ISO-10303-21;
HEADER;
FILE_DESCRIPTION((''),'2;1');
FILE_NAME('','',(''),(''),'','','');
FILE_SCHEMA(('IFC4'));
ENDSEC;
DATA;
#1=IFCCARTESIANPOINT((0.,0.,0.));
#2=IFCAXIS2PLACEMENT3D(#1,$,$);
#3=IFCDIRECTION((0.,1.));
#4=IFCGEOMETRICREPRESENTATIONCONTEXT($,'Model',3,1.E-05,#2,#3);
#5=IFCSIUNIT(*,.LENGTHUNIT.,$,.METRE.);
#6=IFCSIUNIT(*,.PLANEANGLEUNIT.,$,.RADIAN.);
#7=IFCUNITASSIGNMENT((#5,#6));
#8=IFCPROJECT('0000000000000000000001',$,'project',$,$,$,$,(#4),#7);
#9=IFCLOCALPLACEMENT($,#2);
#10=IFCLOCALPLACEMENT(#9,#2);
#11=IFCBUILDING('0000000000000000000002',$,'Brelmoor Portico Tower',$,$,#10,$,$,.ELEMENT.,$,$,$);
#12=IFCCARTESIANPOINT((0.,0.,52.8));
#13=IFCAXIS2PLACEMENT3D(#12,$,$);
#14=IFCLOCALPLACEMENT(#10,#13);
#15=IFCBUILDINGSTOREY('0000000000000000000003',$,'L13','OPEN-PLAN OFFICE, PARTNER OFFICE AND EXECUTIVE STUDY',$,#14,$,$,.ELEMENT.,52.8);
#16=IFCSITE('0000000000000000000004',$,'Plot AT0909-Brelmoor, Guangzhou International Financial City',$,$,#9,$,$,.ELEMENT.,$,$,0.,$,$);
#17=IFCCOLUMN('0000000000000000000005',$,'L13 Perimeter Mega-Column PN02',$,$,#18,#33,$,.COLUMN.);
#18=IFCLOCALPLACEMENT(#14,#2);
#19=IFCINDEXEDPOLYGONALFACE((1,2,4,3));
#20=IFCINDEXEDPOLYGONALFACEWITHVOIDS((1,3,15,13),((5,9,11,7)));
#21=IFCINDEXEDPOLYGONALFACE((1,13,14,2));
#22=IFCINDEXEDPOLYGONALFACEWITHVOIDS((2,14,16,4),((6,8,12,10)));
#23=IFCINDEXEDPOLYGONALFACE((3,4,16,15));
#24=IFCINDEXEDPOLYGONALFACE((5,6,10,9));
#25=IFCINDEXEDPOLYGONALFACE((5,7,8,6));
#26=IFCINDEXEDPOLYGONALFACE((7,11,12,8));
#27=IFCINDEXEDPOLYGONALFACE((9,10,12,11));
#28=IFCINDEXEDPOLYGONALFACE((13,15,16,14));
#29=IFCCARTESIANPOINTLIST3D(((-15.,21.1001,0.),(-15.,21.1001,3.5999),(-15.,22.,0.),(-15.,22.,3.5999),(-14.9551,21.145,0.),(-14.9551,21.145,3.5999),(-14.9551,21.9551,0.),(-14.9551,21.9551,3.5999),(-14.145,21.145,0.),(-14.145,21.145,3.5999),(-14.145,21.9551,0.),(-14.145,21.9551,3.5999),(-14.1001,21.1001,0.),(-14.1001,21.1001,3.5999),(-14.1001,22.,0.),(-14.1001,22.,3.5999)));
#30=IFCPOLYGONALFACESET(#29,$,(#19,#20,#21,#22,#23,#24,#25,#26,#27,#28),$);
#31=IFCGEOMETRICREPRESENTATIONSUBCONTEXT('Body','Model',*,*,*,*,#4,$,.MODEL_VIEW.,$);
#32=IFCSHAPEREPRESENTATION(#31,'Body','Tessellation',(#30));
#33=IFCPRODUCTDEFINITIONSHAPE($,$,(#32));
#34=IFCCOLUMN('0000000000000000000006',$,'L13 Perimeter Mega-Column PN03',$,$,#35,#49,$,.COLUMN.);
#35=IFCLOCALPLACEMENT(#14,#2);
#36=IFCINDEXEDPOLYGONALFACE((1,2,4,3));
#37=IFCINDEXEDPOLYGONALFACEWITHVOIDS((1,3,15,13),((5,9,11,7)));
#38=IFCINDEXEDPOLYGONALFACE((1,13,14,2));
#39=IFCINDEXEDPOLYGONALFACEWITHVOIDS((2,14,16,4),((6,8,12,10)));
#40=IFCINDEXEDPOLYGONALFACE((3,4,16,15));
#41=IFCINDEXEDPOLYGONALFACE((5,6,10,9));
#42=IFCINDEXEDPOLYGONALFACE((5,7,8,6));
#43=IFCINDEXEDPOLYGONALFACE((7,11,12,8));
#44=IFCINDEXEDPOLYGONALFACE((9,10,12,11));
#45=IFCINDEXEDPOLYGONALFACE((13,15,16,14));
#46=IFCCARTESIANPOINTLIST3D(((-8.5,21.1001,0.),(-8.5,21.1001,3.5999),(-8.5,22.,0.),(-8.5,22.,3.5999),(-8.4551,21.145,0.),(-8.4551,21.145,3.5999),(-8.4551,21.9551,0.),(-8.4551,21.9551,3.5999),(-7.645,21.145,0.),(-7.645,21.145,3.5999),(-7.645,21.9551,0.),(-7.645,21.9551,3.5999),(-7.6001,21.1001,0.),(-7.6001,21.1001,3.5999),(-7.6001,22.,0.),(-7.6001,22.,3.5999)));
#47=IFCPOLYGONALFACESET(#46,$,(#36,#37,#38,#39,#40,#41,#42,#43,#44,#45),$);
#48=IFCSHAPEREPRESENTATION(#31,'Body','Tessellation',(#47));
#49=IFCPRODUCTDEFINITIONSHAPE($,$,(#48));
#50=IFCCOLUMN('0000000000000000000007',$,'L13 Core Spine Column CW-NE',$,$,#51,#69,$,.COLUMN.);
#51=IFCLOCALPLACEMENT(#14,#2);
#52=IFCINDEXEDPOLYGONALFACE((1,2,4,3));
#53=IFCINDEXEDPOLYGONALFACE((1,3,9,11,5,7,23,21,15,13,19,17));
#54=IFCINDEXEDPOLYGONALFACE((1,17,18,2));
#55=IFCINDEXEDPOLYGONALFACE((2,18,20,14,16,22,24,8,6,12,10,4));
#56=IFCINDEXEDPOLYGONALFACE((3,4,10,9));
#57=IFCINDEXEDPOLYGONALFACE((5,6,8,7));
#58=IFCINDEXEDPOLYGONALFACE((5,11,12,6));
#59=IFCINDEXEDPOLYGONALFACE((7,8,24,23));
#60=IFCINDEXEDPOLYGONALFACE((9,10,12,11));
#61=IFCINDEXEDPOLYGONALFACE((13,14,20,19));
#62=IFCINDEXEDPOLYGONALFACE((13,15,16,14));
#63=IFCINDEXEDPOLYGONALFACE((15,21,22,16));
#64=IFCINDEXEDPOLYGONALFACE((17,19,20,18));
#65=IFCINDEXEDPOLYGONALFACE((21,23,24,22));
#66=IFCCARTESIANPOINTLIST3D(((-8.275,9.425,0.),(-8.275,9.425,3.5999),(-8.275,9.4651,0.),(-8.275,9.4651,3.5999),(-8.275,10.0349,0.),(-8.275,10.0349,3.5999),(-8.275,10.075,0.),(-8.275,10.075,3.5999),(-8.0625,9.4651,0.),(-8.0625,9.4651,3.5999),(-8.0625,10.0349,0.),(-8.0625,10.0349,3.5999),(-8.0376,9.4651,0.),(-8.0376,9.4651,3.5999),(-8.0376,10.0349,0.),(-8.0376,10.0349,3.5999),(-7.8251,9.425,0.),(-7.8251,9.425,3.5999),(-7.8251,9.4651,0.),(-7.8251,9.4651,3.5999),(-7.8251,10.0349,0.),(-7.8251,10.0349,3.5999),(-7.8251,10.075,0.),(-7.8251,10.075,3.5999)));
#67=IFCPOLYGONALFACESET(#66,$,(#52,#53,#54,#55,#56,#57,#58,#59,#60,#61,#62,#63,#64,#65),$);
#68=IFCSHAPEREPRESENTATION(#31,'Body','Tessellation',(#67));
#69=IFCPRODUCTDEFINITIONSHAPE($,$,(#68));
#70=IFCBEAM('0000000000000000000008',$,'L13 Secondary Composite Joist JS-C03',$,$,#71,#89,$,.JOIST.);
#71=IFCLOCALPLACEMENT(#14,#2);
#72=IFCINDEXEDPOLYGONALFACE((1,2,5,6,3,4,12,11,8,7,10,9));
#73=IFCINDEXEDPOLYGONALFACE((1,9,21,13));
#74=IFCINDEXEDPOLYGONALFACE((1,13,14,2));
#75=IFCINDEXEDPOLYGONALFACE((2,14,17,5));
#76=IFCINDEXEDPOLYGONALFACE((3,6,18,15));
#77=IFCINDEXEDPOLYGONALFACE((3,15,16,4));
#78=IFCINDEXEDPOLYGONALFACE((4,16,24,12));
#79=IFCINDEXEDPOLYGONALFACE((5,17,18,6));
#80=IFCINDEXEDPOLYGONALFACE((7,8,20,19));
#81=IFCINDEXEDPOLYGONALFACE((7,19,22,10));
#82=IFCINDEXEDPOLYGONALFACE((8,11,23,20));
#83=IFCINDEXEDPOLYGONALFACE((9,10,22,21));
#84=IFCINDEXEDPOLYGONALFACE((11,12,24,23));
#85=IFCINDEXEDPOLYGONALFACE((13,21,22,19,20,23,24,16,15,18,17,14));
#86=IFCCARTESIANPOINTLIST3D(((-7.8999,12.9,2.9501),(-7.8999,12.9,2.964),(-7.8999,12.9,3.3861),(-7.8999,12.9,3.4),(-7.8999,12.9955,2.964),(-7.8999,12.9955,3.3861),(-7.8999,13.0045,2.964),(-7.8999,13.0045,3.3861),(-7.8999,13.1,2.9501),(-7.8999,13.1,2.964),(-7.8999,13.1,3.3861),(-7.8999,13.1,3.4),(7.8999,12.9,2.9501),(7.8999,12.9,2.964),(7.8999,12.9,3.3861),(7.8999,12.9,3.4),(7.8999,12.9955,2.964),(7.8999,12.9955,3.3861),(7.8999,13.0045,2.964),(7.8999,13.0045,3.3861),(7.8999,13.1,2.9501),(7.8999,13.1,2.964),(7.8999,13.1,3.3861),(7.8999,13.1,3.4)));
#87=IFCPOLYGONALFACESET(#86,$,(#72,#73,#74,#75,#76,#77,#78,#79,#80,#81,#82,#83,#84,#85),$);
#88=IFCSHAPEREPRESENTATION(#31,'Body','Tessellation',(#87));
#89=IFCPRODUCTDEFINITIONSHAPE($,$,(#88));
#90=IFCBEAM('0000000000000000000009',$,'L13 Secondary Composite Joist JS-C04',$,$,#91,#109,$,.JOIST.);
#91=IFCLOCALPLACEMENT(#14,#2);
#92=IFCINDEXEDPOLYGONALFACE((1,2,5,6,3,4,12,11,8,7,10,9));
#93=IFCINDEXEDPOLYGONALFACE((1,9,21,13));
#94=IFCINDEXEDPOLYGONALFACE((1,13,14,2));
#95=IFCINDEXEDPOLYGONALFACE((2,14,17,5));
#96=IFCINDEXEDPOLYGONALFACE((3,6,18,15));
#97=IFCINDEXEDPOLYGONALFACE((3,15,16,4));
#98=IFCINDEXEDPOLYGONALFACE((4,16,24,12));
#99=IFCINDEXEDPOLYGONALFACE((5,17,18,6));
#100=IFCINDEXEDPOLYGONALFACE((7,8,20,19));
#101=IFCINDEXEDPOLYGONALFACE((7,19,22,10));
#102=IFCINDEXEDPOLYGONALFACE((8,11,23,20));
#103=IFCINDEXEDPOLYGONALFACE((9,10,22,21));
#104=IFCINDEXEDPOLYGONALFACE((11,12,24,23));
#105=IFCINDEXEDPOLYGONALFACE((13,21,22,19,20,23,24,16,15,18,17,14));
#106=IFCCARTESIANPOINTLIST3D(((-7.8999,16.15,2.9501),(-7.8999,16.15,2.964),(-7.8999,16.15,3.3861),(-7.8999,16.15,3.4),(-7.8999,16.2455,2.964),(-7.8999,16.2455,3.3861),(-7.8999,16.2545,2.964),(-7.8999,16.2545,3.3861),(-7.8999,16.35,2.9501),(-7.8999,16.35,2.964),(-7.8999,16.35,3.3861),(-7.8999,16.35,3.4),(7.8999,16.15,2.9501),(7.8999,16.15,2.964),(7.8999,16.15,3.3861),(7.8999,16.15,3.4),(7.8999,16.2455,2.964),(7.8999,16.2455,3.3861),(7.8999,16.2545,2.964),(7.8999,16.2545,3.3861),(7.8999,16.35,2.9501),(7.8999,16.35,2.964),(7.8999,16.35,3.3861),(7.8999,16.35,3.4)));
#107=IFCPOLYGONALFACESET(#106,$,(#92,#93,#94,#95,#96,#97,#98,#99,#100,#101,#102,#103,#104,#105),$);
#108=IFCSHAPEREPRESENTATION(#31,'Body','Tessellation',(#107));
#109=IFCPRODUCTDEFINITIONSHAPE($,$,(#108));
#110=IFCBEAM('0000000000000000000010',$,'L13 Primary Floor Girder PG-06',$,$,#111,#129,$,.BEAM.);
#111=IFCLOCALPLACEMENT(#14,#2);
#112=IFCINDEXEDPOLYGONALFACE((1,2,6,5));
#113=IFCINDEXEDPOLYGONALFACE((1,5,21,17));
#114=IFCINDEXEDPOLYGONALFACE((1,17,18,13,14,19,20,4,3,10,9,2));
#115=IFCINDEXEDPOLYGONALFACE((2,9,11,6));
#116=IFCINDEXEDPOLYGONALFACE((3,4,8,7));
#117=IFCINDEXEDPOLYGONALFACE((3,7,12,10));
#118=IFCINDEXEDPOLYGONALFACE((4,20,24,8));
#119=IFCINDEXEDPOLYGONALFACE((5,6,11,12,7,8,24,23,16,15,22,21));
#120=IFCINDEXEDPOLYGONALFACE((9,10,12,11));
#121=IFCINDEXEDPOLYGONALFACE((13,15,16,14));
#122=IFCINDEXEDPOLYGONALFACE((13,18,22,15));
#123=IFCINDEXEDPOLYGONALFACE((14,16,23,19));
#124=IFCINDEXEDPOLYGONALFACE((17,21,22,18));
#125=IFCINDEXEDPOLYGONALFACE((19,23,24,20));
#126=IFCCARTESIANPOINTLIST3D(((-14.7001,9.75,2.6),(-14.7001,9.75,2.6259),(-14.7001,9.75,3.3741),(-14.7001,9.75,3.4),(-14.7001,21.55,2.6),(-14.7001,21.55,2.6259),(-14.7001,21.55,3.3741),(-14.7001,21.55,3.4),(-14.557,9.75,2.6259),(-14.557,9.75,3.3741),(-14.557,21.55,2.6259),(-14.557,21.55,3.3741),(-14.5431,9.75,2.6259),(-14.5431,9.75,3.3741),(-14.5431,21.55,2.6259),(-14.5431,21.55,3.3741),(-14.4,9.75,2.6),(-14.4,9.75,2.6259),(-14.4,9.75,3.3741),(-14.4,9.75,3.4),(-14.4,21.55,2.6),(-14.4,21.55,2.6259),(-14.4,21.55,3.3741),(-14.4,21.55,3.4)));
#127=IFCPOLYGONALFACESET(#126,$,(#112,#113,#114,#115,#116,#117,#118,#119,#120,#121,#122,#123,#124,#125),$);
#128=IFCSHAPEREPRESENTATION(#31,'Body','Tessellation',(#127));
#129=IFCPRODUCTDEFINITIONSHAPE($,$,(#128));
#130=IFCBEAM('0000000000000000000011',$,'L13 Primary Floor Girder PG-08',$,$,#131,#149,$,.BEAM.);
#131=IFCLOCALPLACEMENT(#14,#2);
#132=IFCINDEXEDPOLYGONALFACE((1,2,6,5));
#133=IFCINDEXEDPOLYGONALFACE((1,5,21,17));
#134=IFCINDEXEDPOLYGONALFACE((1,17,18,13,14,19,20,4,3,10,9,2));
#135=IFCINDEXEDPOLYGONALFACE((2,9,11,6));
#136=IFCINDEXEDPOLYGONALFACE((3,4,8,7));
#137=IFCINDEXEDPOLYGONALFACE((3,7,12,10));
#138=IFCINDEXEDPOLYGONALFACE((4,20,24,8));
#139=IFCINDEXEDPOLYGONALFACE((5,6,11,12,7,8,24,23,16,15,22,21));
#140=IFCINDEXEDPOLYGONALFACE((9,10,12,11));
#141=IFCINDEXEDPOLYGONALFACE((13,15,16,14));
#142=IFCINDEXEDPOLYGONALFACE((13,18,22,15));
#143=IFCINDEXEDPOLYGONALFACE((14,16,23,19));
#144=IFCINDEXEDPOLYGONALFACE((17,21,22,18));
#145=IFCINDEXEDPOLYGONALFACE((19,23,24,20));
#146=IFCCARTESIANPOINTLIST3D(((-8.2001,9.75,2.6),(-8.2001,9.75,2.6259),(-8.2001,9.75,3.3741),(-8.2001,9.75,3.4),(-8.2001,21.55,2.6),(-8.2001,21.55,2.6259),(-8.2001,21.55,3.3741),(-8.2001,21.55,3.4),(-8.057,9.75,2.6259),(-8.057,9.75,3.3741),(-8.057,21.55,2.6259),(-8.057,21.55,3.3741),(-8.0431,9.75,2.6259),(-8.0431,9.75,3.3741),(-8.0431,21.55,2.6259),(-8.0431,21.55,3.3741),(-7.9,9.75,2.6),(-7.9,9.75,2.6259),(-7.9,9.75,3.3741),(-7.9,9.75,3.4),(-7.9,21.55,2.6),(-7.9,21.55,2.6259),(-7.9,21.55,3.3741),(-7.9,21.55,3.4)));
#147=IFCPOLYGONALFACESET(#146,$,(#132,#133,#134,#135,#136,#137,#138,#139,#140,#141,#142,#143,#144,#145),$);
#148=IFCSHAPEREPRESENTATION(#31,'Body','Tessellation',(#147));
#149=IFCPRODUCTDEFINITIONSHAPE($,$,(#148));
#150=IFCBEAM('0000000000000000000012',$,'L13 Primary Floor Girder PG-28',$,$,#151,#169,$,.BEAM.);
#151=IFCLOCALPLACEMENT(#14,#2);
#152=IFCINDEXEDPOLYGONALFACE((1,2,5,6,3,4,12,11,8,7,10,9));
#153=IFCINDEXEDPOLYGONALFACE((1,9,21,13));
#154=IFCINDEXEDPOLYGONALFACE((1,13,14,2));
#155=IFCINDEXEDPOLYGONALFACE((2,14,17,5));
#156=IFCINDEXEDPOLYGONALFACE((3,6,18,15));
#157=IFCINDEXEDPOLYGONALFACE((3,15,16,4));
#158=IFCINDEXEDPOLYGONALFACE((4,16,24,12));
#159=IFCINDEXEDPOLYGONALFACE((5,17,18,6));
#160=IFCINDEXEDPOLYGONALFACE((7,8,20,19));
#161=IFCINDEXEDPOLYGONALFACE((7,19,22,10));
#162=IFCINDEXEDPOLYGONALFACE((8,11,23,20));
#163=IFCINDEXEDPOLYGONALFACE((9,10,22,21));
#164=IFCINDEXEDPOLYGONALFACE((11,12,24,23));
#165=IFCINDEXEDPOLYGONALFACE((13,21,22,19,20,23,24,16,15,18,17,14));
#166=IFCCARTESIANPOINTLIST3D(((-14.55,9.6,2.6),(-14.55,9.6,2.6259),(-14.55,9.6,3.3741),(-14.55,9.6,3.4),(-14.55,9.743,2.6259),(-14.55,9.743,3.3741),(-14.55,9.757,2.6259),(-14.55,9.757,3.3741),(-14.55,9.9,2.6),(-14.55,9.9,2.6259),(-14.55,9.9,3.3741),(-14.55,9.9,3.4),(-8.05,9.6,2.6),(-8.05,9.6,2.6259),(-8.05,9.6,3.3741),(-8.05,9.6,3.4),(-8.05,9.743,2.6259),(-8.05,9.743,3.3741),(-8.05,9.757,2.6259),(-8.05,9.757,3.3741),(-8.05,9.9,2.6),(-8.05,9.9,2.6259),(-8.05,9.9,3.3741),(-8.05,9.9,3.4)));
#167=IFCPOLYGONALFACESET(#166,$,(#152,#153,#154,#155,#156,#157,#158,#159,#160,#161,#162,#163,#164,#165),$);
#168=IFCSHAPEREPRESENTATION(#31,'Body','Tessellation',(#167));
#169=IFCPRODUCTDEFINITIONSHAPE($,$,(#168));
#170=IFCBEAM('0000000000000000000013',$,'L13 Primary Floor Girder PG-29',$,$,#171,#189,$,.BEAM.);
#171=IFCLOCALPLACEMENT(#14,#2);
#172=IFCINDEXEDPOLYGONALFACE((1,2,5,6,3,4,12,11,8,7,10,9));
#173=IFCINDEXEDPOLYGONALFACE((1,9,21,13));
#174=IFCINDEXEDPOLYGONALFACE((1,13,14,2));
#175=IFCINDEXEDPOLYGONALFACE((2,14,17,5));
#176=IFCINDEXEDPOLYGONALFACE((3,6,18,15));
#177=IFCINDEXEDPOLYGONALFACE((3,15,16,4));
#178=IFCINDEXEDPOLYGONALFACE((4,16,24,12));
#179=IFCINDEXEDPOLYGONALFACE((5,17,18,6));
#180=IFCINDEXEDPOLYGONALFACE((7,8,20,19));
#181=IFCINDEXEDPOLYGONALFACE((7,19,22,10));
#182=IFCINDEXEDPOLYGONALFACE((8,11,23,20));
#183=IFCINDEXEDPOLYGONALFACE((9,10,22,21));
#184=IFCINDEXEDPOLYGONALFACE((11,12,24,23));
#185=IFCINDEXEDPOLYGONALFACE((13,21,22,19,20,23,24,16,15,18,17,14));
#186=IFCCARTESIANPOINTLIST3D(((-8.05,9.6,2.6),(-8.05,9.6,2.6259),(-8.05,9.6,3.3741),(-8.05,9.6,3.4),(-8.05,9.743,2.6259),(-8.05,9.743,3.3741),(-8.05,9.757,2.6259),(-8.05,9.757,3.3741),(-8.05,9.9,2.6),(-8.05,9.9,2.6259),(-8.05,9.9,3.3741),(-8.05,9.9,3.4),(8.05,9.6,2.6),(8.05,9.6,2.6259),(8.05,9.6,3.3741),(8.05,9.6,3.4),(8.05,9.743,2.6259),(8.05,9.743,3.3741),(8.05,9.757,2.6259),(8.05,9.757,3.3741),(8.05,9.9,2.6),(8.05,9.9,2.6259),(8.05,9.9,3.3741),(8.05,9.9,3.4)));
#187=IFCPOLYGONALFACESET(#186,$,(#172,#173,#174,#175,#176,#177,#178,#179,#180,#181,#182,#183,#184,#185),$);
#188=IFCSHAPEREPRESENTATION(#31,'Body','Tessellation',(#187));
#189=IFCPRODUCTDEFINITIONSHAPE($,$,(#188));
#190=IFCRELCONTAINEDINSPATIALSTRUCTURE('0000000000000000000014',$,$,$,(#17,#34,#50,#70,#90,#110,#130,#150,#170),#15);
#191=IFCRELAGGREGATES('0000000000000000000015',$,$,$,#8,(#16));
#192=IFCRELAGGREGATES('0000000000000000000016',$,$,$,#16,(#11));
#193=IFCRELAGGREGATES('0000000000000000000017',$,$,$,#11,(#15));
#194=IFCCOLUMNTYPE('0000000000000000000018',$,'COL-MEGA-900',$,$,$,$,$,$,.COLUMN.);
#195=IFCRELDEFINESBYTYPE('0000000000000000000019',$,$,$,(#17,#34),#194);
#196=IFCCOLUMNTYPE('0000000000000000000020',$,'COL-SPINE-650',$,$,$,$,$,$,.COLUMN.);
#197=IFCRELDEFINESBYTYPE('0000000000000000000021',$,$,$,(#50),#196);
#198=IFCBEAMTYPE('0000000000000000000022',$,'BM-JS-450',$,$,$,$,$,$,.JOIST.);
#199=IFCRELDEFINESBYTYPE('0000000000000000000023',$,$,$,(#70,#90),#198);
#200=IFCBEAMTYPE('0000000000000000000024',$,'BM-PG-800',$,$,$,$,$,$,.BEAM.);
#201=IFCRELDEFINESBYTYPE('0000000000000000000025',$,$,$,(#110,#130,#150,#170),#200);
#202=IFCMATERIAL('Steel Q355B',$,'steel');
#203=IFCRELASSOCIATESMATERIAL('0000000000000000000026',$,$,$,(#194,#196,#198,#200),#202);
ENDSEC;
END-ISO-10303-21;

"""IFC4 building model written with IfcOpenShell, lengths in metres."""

from ifc_helpers import new_model, si_unit, direction, frame, origin, origin_2d, place, context, subcontext, project, spatial, hollow_rectangle, i_section, extrude, material, material_profile, profile_set, type_object, element, save


model = new_model("IFC4")

# Units and contexts
model_context = context("Model", 3, precision=1e-05, world=origin(), true_north=direction((0.0, 1.0)))
body_context = subcontext(model_context, "Body", "Model", "MODEL_VIEW")
ifc_project = project(units=[si_unit("LENGTHUNIT", "METRE"), si_unit("PLANEANGLEUNIT", "RADIAN")], contexts=[model_context])

# Site, building, storey
site_placement = place(None, origin())
site = spatial("IfcSite", under=ifc_project, at=site_placement, Name="Plot AT0909-Brelmoor, Guangzhou International Financial City", CompositionType="ELEMENT", RefElevation=0.0)
building_placement = place(site_placement, origin())
building = spatial("IfcBuilding", under=site, at=building_placement, Name="Brelmoor Portico Tower", CompositionType="ELEMENT")
storey_placement = place(building_placement, frame((0.0, 0.0, 52.8)))
storey = spatial("IfcBuildingStorey", under=building, at=storey_placement, Name="L13", Description="OPEN-PLAN OFFICE, PARTNER OFFICE AND EXECUTIVE STUDY", CompositionType="ELEMENT", Elevation=52.8)

# Columns
ifc_material_1 = material(Name="Steel Q355B", Category="steel")
ifc_material_profile_1 = material_profile(ifc_material_1, hollow_rectangle(XDim=0.8999, YDim=0.8999, WallThickness=0.0449, at=origin_2d()), Name="BOX 900x900x45")
ifc_profile_set_1 = profile_set([ifc_material_profile_1], Name="Steel Q355B")
column_type_1 = type_object("IfcColumnType", Name="COL-MEGA-900", PredefinedType="COLUMN", material=ifc_profile_set_1)
for number, where, z_axis, x_axis, name in (
    (1, (-14.55, 21.55, 0.0), (0.0, 0.0, 1.0), (1.0, 0.0, 0.0), "L13 Perimeter Mega-Column PN02"),
    (2, (-8.05, 21.55, 0.0), (0.0, 0.0, 1.0), (1.0, 0.0, 0.0), "L13 Perimeter Mega-Column PN03"),
):
    element("IfcColumn", number, at=place(storey_placement, frame(where, z_axis=z_axis, x_axis=x_axis)), inside=storey, type_object=column_type_1, Name=name, PredefinedType="COLUMN", context=body_context, shape_type="SweptSolid", body=[
        extrude(hollow_rectangle(XDim=0.8999, YDim=0.8999, WallThickness=0.0449, at=origin_2d()), origin(), (0.0, 0.0, 1.0), 3.5999),
    ])
ifc_material_profile_2 = material_profile(ifc_material_1, i_section(OverallWidth=0.45, OverallDepth=0.6499, WebThickness=0.0249, FlangeThickness=0.04, at=origin_2d()), Name="HW 650x450x25x40")
ifc_profile_set_2 = profile_set([ifc_material_profile_2], Name="Steel Q355B")
column_type_2 = type_object("IfcColumnType", Name="COL-SPINE-650", PredefinedType="COLUMN", material=ifc_profile_set_2)
column_placement = place(storey_placement, frame((-8.05, 9.75, 0.0), z_axis=(0.0, 0.0, 1.0), x_axis=(1.0, 0.0, 0.0)))
element("IfcColumn", 3, at=column_placement, inside=storey, type_object=column_type_2, Name="L13 Core Spine Column CW-NE", PredefinedType="COLUMN", context=body_context, shape_type="SweptSolid", body=[
    extrude(i_section(OverallWidth=0.45, OverallDepth=0.6499, WebThickness=0.0249, FlangeThickness=0.04, at=origin_2d()), origin(), (0.0, 0.0, 1.0), 3.5999),
])

# Beams
ifc_material_profile_3 = material_profile(ifc_material_1, i_section(OverallWidth=0.2, OverallDepth=0.45, WebThickness=0.009, FlangeThickness=0.0139, at=origin_2d()), Name="HN 450x200x9x14")
ifc_profile_set_3 = profile_set([ifc_material_profile_3], Name="Steel Q355B")
beam_type_1 = type_object("IfcBeamType", Name="BM-JS-450", PredefinedType="JOIST", material=ifc_profile_set_3)
for number, where, z_axis, x_axis, name in (
    (4, (-7.8999, 13.0, 3.175), (1.0, 0.0, 0.0), (0.0, 1.0, 0.0), "L13 Secondary Composite Joist JS-C03"),
    (5, (-7.8999, 16.25, 3.175), (1.0, 0.0, 0.0), (0.0, 1.0, 0.0), "L13 Secondary Composite Joist JS-C04"),
):
    element("IfcBeam", number, at=place(storey_placement, frame(where, z_axis=z_axis, x_axis=x_axis)), inside=storey, type_object=beam_type_1, Name=name, PredefinedType="JOIST", context=body_context, shape_type="SweptSolid", body=[
        extrude(i_section(OverallWidth=0.2, OverallDepth=0.45, WebThickness=0.009, FlangeThickness=0.0139, at=origin_2d()), origin(), (0.0, 0.0, 1.0), 15.7998),
    ])
ifc_material_profile_4 = material_profile(ifc_material_1, i_section(OverallWidth=0.3, OverallDepth=0.8, WebThickness=0.0139, FlangeThickness=0.0259, at=origin_2d()), Name="HN 800x300x14x26")
ifc_profile_set_4 = profile_set([ifc_material_profile_4], Name="Steel Q355B")
beam_type_2 = type_object("IfcBeamType", Name="BM-PG-800", PredefinedType="BEAM", material=ifc_profile_set_4)
for number, where, z_axis, x_axis, name in (
    (6, (-14.55, 9.75, 3.0), (0.0, 1.0, 0.0), (-1.0, 0.0, 0.0), "L13 Primary Floor Girder PG-06"),
    (7, (-8.05, 9.75, 3.0), (0.0, 1.0, 0.0), (-1.0, 0.0, 0.0), "L13 Primary Floor Girder PG-08"),
):
    element("IfcBeam", number, at=place(storey_placement, frame(where, z_axis=z_axis, x_axis=x_axis)), inside=storey, type_object=beam_type_2, Name=name, PredefinedType="BEAM", context=body_context, shape_type="SweptSolid", body=[
        extrude(i_section(OverallWidth=0.3, OverallDepth=0.8, WebThickness=0.0139, FlangeThickness=0.0259, at=origin_2d()), origin(), (0.0, 0.0, 1.0), 11.8),
    ])
beam_1_placement = place(storey_placement, frame((-14.55, 9.75, 3.0), z_axis=(1.0, 0.0, 0.0), x_axis=(0.0, 1.0, 0.0)))
element("IfcBeam", 8, at=beam_1_placement, inside=storey, type_object=beam_type_2, Name="L13 Primary Floor Girder PG-28", PredefinedType="BEAM", context=body_context, shape_type="SweptSolid", body=[
    extrude(i_section(OverallWidth=0.3, OverallDepth=0.8, WebThickness=0.0139, FlangeThickness=0.0259, at=origin_2d()), origin(), (0.0, 0.0, 1.0), 6.5),
])
beam_2_placement = place(storey_placement, frame((-8.05, 9.75, 3.0), z_axis=(1.0, 0.0, 0.0), x_axis=(0.0, 1.0, 0.0)))
element("IfcBeam", 9, at=beam_2_placement, inside=storey, type_object=beam_type_2, Name="L13 Primary Floor Girder PG-29", PredefinedType="BEAM", context=body_context, shape_type="SweptSolid", body=[
    extrude(i_section(OverallWidth=0.3, OverallDepth=0.8, WebThickness=0.0139, FlangeThickness=0.0259, at=origin_2d()), origin(), (0.0, 0.0, 1.0), 16.1001),
])

save(model, "model.ifc")
